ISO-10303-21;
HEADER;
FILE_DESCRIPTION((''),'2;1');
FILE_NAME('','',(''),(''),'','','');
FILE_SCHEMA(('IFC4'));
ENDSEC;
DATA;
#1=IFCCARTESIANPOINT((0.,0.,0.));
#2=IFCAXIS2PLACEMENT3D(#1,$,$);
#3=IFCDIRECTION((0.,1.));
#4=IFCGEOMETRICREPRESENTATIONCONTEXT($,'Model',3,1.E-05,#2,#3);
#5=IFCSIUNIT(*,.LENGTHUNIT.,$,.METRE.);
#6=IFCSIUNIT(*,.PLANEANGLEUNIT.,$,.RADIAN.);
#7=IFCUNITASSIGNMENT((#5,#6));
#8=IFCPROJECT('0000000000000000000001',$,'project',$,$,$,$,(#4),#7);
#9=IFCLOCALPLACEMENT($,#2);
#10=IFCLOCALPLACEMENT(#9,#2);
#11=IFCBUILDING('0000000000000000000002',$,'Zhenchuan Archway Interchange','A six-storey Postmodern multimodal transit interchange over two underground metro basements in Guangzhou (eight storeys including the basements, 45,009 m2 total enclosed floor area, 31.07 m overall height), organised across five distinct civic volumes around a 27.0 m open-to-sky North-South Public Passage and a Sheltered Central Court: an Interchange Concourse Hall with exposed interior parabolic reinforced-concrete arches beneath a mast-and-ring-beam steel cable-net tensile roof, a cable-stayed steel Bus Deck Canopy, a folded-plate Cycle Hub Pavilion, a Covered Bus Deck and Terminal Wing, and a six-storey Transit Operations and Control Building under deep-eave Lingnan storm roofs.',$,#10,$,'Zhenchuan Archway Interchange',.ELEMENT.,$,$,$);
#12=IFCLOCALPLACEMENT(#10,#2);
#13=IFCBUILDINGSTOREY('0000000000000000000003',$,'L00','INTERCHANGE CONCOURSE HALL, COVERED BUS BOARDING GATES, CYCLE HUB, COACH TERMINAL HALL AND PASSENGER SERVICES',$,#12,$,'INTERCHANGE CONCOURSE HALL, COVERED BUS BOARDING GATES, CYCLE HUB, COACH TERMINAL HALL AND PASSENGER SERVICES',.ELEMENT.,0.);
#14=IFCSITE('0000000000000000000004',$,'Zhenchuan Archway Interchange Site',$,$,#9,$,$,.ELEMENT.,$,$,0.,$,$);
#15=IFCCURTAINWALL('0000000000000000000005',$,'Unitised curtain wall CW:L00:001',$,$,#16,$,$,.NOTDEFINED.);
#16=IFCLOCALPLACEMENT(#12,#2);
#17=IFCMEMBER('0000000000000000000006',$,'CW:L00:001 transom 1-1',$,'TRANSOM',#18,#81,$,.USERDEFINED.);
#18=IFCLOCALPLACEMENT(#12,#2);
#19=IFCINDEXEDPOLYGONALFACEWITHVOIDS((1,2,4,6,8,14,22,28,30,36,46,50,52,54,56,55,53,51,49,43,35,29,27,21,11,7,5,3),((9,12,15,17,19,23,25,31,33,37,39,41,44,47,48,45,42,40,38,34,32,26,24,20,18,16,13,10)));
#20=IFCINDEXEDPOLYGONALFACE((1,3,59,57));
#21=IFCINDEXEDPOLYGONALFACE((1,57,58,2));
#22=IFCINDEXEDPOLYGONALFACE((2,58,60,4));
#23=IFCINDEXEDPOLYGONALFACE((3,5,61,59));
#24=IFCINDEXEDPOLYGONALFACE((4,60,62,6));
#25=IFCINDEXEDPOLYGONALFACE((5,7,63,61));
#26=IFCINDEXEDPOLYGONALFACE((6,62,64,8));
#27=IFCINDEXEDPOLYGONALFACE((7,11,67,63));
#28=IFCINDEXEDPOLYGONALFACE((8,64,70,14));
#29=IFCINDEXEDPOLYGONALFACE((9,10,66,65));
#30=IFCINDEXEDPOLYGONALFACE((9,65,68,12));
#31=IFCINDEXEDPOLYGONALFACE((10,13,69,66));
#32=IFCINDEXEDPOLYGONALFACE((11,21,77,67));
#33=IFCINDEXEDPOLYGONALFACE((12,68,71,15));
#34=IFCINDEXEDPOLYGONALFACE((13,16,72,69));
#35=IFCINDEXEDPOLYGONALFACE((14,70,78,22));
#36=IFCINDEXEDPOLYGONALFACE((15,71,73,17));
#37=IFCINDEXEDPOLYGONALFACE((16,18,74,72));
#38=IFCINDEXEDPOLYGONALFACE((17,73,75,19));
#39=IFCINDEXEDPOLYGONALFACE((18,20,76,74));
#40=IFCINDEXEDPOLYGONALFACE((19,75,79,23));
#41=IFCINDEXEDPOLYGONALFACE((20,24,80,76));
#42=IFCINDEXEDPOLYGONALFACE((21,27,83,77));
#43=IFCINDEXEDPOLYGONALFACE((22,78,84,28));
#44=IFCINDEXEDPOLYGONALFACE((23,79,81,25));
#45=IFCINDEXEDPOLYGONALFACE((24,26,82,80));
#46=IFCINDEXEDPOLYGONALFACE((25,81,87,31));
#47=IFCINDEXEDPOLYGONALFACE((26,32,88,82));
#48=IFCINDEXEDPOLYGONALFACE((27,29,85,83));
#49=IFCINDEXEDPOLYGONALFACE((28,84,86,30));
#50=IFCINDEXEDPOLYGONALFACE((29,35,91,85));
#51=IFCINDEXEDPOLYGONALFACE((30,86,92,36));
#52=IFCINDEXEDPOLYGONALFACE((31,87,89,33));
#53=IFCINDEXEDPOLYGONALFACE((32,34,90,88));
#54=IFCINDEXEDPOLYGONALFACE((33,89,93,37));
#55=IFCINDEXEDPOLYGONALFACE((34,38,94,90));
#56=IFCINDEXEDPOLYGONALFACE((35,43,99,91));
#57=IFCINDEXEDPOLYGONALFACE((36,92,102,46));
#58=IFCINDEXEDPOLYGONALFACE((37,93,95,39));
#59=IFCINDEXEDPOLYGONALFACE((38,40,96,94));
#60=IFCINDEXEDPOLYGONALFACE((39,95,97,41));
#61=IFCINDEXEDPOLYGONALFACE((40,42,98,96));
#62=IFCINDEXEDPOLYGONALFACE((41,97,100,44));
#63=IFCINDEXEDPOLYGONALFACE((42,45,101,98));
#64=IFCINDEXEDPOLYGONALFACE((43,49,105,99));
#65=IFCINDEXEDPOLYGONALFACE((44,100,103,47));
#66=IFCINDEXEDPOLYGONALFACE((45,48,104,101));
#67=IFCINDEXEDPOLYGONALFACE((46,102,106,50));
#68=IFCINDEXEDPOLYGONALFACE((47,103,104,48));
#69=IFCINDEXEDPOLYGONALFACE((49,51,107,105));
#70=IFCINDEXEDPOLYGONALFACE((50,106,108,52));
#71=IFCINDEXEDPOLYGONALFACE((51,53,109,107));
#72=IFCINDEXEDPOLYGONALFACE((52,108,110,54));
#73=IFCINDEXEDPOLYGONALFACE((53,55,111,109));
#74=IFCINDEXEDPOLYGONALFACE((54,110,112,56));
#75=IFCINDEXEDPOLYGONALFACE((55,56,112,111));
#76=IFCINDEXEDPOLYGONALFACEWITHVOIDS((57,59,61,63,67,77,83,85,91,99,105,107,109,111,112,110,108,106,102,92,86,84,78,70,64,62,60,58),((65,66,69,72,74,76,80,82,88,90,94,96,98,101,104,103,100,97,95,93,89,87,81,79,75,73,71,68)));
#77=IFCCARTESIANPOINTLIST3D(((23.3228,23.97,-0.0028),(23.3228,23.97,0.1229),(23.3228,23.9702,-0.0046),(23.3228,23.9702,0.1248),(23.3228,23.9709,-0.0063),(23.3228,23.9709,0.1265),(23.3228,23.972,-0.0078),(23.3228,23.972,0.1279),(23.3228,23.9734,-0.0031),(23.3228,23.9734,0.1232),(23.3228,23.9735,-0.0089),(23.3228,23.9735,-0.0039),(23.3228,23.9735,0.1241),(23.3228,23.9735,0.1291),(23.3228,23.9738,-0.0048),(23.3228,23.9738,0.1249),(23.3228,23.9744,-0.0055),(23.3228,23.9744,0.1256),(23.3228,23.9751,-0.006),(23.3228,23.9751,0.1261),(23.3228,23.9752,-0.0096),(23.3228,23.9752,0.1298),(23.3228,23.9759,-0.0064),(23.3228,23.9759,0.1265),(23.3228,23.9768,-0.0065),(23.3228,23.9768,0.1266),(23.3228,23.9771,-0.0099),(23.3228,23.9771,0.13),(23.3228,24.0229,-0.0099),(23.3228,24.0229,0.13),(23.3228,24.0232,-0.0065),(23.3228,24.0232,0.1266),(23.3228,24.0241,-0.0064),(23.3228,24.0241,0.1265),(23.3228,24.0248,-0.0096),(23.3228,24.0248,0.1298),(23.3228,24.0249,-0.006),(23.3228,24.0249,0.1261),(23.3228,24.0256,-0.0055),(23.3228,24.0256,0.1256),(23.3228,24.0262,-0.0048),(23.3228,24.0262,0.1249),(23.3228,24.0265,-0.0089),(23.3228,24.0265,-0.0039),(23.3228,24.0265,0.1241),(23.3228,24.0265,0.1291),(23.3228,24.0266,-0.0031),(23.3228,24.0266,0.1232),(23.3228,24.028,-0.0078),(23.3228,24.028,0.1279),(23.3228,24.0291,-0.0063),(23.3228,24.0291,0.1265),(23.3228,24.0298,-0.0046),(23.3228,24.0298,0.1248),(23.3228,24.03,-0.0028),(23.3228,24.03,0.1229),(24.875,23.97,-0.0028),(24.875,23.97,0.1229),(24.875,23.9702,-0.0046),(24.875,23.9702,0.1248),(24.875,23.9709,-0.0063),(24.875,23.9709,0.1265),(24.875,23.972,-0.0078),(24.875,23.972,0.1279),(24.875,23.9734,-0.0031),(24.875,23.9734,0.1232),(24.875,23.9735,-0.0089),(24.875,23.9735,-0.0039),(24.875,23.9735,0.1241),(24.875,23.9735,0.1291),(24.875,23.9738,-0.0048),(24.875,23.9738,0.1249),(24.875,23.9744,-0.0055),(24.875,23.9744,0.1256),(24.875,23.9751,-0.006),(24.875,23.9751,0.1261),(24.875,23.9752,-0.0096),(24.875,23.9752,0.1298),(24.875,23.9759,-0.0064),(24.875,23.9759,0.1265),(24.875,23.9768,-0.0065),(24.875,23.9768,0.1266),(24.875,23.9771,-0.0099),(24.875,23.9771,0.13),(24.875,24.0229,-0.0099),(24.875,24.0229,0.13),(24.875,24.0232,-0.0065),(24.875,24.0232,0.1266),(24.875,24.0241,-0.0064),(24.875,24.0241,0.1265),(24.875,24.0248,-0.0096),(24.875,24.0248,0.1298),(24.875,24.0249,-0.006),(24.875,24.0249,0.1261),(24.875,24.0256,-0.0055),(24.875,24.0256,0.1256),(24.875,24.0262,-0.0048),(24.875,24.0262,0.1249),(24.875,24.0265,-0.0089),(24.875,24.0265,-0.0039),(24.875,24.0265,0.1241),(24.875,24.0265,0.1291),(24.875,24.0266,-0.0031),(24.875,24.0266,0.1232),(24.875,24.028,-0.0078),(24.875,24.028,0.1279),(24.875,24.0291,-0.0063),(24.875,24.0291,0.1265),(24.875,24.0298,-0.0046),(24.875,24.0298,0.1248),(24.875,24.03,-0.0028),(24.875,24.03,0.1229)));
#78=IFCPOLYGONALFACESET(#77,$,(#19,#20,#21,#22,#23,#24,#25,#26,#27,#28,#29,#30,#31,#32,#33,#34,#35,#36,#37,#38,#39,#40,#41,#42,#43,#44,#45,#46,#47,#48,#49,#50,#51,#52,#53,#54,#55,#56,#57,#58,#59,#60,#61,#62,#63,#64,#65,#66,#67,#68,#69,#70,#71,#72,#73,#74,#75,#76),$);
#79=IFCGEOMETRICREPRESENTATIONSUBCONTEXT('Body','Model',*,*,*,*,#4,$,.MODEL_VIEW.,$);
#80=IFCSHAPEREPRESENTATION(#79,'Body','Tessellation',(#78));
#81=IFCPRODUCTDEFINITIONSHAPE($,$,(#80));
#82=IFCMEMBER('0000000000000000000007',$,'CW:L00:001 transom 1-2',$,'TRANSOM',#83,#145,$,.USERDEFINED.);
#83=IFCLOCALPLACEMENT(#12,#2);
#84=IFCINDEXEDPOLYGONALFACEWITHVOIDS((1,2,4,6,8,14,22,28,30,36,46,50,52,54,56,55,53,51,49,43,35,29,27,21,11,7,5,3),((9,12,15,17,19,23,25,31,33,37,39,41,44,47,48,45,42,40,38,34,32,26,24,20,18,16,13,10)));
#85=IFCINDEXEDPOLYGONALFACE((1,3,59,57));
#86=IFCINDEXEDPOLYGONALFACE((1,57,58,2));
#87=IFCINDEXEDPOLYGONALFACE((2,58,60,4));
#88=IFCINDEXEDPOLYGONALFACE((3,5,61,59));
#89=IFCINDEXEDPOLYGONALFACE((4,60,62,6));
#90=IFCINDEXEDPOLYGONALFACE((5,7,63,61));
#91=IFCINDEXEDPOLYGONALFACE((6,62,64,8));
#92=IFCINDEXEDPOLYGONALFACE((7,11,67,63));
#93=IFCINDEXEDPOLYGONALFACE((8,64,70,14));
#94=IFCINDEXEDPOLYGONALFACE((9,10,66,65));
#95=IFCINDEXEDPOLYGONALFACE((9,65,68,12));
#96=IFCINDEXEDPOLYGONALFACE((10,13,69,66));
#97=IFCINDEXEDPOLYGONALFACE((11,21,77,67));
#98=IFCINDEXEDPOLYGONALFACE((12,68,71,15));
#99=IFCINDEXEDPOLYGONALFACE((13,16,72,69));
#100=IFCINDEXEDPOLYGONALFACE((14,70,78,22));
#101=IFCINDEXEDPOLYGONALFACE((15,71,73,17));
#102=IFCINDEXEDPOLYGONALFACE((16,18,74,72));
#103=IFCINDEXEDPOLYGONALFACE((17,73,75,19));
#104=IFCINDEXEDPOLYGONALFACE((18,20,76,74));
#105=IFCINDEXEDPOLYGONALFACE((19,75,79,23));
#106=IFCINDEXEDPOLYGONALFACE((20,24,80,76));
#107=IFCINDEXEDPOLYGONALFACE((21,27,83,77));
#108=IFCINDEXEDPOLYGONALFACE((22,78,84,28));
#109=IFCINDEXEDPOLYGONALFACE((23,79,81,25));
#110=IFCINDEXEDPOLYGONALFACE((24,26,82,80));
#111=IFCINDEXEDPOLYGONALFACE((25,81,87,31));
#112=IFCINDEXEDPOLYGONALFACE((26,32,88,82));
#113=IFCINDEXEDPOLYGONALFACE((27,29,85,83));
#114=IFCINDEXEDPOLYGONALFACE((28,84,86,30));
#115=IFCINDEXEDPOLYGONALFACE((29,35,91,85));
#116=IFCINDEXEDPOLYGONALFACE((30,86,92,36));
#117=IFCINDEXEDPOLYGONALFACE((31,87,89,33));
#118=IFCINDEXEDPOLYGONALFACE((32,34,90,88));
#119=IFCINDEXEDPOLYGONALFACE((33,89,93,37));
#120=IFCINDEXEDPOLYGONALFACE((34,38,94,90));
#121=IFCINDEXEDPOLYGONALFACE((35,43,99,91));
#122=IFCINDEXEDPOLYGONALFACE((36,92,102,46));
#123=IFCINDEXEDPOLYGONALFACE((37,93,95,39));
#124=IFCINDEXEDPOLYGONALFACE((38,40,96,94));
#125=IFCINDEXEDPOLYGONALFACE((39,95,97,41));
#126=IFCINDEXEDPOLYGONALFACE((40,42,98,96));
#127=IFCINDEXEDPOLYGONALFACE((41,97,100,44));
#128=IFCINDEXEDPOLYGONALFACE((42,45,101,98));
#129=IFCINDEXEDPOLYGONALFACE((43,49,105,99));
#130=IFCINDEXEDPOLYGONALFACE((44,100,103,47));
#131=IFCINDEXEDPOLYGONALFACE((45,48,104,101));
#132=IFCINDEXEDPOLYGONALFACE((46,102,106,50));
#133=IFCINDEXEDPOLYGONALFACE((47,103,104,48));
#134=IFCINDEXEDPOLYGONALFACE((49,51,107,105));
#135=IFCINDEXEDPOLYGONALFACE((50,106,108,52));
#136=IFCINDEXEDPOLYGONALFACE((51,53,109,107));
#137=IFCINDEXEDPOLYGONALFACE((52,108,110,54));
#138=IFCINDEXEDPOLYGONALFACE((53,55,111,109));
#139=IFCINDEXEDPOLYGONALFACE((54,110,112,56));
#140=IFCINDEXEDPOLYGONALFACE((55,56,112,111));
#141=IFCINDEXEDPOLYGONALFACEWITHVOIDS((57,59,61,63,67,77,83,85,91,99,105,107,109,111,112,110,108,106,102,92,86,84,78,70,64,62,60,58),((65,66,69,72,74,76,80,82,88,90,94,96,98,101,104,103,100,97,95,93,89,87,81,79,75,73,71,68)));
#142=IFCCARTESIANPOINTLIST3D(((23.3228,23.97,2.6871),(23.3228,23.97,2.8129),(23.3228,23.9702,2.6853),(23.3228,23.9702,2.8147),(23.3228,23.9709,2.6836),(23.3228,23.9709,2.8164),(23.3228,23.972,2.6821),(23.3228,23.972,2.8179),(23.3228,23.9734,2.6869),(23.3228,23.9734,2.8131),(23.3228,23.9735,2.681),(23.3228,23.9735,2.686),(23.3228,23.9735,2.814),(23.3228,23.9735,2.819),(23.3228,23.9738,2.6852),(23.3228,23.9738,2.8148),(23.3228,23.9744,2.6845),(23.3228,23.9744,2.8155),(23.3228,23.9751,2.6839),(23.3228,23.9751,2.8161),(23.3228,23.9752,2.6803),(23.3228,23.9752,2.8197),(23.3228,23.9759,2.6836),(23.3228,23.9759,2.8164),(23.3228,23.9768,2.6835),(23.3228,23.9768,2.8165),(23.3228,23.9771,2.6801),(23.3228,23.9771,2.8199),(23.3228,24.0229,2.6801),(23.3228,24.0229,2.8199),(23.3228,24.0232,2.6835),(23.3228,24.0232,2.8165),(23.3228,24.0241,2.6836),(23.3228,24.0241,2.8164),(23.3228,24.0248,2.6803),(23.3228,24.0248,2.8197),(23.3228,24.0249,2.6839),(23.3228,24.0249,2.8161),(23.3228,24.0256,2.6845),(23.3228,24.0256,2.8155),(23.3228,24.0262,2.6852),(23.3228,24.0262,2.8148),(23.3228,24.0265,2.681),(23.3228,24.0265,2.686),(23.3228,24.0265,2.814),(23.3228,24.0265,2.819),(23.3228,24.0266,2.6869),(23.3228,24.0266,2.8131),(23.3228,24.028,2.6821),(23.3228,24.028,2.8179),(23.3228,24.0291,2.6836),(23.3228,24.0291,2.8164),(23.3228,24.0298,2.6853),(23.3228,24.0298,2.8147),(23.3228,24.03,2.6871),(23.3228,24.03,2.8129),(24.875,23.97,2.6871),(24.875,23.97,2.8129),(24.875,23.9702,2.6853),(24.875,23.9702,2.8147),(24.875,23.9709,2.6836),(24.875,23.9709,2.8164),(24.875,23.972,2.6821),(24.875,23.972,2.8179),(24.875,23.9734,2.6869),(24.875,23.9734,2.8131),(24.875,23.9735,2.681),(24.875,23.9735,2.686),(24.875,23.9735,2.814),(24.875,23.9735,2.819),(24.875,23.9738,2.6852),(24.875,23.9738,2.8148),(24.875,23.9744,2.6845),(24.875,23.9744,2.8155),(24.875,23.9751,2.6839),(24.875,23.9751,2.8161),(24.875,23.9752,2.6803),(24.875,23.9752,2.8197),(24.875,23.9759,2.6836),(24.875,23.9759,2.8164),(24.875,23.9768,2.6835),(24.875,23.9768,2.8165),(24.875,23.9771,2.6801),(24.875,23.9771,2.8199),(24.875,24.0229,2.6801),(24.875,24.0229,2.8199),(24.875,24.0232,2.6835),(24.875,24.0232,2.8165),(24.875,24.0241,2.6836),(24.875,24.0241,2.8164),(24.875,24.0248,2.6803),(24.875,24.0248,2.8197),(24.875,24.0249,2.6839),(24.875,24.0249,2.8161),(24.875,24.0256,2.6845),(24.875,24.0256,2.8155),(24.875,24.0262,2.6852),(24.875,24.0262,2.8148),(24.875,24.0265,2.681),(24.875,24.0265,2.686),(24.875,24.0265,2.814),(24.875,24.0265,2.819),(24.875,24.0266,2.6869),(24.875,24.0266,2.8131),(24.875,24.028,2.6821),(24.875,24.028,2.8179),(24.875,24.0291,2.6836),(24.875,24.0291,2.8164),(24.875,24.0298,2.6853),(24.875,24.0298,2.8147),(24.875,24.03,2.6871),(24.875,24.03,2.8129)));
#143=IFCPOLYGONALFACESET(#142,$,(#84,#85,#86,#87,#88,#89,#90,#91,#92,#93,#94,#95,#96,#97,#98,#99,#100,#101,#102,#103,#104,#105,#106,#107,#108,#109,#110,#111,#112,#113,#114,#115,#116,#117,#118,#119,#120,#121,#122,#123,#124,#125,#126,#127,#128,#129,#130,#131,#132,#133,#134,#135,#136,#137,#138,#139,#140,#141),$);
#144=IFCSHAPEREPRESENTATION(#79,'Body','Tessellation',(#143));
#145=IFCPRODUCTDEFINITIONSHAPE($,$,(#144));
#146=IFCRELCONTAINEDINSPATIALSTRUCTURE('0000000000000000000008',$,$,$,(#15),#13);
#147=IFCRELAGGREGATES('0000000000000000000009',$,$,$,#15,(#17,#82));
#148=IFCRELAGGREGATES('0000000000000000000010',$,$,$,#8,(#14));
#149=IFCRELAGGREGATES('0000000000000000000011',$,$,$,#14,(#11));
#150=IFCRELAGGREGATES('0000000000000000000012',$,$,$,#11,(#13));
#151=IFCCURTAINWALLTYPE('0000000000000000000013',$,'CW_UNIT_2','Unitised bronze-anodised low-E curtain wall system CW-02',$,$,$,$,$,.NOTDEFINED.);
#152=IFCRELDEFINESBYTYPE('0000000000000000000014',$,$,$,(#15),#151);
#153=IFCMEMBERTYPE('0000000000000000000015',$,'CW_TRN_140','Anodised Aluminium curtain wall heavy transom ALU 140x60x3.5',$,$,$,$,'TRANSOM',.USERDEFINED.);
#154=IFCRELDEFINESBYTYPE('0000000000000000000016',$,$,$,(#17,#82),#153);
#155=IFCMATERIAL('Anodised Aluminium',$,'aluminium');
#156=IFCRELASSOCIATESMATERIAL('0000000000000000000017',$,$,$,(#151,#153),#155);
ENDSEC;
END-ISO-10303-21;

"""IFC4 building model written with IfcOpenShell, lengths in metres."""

from ifc_helpers import new_model, si_unit, direction, frame, origin, origin_2d, place, context, subcontext, project, spatial, hollow_rectangle, extrude, material, material_profile, profile_set, type_object, element, aggregate, save


model = new_model("IFC4")

# Units and contexts
model_context = context("Model", 3, precision=1e-05, world=origin(), true_north=direction((0.0, 1.0)))
body_context = subcontext(model_context, "Body", "Model", "MODEL_VIEW")
ifc_project = project(units=[si_unit("LENGTHUNIT", "METRE"), si_unit("PLANEANGLEUNIT", "RADIAN")], contexts=[model_context])

# Site, building, storey
site_placement = place(None, origin())
site = spatial("IfcSite", under=ifc_project, at=site_placement, Name="Zhenchuan Archway Interchange Site", CompositionType="ELEMENT", RefElevation=0.0)
building_placement = place(site_placement, origin())
building = spatial("IfcBuilding", under=site, at=building_placement, Name="Zhenchuan Archway Interchange", Description="A six-storey Postmodern multimodal transit interchange over two underground metro basements in Guangzhou (eight storeys including the basements, 45,009 m2 total enclosed floor area, 31.07 m overall height), organised across five distinct civic volumes around a 27.0 m open-to-sky North-South Public Passage and a Sheltered Central Court: an Interchange Concourse Hall with exposed interior parabolic reinforced-concrete arches beneath a mast-and-ring-beam steel cable-net tensile roof, a cable-stayed steel Bus Deck Canopy, a folded-plate Cycle Hub Pavilion, a Covered Bus Deck and Terminal Wing, and a six-storey Transit Operations and Control Building under deep-eave Lingnan storm roofs.", LongName="Zhenchuan Archway Interchange", CompositionType="ELEMENT")
storey_placement = place(building_placement, origin())
storey = spatial("IfcBuildingStorey", under=building, at=storey_placement, Name="L00", Description="INTERCHANGE CONCOURSE HALL, COVERED BUS BOARDING GATES, CYCLE HUB, COACH TERMINAL HALL AND PASSENGER SERVICES", LongName="INTERCHANGE CONCOURSE HALL, COVERED BUS BOARDING GATES, CYCLE HUB, COACH TERMINAL HALL AND PASSENGER SERVICES", CompositionType="ELEMENT", Elevation=0.0)

# Curtain wall, members
ifc_material_1 = material(Name="Anodised Aluminium", Category="aluminium")
curtain_wall_type = type_object("IfcCurtainWallType", Name="CW_UNIT_2", Description="Unitised bronze-anodised low-E curtain wall system CW-02", PredefinedType="NOTDEFINED", material=ifc_material_1)
curtain_wall_placement = place(storey_placement, origin())
curtain_wall = element("IfcCurtainWall", 1, at=curtain_wall_placement, inside=storey, type_object=curtain_wall_type, Name="Unitised curtain wall CW:L00:001", PredefinedType="NOTDEFINED")
ifc_material_profile_1 = material_profile(ifc_material_1, hollow_rectangle(XDim=0.0601, YDim=0.1399, WallThickness=0.0034, InnerFilletRadius=0.0034, OuterFilletRadius=0.0071, at=origin_2d()), Name="ALU 140x60x3.5")
ifc_profile_set_1 = profile_set([ifc_material_profile_1], Name="Anodised Aluminium")
member_type_1 = type_object("IfcMemberType", Name="CW_TRN_140", Description="Anodised Aluminium curtain wall heavy transom ALU 140x60x3.5", ElementType="TRANSOM", PredefinedType="USERDEFINED", material=ifc_profile_set_1)
member_1_placement = place(storey_placement, frame((24.875, 24.0, 0.0601), z_axis=(-1.0, 0.0, 0.0), x_axis=(0.0, -1.0, 0.0)))
member_1 = element("IfcMember", 2, at=member_1_placement, type_object=member_type_1, Name="CW:L00:001 transom 1-1", ObjectType="TRANSOM", PredefinedType="USERDEFINED", context=body_context, shape_type="SweptSolid", body=[
    extrude(hollow_rectangle(XDim=0.0601, YDim=0.1399, WallThickness=0.0034, InnerFilletRadius=0.0034, OuterFilletRadius=0.0071, at=origin_2d()), origin(), (0.0, 0.0, 1.0), 1.5522),
])
member_2_placement = place(storey_placement, frame((24.875, 24.0, 2.75), z_axis=(-1.0, 0.0, 0.0), x_axis=(0.0, -1.0, 0.0)))
member_2 = element("IfcMember", 3, at=member_2_placement, type_object=member_type_1, Name="CW:L00:001 transom 1-2", ObjectType="TRANSOM", PredefinedType="USERDEFINED", context=body_context, shape_type="SweptSolid", body=[
    extrude(hollow_rectangle(XDim=0.0601, YDim=0.1399, WallThickness=0.0034, InnerFilletRadius=0.0034, OuterFilletRadius=0.0071, at=origin_2d()), origin(), (0.0, 0.0, 1.0), 1.5522),
])
aggregate(curtain_wall, [member_1, member_2])

save(model, "model.ifc")
